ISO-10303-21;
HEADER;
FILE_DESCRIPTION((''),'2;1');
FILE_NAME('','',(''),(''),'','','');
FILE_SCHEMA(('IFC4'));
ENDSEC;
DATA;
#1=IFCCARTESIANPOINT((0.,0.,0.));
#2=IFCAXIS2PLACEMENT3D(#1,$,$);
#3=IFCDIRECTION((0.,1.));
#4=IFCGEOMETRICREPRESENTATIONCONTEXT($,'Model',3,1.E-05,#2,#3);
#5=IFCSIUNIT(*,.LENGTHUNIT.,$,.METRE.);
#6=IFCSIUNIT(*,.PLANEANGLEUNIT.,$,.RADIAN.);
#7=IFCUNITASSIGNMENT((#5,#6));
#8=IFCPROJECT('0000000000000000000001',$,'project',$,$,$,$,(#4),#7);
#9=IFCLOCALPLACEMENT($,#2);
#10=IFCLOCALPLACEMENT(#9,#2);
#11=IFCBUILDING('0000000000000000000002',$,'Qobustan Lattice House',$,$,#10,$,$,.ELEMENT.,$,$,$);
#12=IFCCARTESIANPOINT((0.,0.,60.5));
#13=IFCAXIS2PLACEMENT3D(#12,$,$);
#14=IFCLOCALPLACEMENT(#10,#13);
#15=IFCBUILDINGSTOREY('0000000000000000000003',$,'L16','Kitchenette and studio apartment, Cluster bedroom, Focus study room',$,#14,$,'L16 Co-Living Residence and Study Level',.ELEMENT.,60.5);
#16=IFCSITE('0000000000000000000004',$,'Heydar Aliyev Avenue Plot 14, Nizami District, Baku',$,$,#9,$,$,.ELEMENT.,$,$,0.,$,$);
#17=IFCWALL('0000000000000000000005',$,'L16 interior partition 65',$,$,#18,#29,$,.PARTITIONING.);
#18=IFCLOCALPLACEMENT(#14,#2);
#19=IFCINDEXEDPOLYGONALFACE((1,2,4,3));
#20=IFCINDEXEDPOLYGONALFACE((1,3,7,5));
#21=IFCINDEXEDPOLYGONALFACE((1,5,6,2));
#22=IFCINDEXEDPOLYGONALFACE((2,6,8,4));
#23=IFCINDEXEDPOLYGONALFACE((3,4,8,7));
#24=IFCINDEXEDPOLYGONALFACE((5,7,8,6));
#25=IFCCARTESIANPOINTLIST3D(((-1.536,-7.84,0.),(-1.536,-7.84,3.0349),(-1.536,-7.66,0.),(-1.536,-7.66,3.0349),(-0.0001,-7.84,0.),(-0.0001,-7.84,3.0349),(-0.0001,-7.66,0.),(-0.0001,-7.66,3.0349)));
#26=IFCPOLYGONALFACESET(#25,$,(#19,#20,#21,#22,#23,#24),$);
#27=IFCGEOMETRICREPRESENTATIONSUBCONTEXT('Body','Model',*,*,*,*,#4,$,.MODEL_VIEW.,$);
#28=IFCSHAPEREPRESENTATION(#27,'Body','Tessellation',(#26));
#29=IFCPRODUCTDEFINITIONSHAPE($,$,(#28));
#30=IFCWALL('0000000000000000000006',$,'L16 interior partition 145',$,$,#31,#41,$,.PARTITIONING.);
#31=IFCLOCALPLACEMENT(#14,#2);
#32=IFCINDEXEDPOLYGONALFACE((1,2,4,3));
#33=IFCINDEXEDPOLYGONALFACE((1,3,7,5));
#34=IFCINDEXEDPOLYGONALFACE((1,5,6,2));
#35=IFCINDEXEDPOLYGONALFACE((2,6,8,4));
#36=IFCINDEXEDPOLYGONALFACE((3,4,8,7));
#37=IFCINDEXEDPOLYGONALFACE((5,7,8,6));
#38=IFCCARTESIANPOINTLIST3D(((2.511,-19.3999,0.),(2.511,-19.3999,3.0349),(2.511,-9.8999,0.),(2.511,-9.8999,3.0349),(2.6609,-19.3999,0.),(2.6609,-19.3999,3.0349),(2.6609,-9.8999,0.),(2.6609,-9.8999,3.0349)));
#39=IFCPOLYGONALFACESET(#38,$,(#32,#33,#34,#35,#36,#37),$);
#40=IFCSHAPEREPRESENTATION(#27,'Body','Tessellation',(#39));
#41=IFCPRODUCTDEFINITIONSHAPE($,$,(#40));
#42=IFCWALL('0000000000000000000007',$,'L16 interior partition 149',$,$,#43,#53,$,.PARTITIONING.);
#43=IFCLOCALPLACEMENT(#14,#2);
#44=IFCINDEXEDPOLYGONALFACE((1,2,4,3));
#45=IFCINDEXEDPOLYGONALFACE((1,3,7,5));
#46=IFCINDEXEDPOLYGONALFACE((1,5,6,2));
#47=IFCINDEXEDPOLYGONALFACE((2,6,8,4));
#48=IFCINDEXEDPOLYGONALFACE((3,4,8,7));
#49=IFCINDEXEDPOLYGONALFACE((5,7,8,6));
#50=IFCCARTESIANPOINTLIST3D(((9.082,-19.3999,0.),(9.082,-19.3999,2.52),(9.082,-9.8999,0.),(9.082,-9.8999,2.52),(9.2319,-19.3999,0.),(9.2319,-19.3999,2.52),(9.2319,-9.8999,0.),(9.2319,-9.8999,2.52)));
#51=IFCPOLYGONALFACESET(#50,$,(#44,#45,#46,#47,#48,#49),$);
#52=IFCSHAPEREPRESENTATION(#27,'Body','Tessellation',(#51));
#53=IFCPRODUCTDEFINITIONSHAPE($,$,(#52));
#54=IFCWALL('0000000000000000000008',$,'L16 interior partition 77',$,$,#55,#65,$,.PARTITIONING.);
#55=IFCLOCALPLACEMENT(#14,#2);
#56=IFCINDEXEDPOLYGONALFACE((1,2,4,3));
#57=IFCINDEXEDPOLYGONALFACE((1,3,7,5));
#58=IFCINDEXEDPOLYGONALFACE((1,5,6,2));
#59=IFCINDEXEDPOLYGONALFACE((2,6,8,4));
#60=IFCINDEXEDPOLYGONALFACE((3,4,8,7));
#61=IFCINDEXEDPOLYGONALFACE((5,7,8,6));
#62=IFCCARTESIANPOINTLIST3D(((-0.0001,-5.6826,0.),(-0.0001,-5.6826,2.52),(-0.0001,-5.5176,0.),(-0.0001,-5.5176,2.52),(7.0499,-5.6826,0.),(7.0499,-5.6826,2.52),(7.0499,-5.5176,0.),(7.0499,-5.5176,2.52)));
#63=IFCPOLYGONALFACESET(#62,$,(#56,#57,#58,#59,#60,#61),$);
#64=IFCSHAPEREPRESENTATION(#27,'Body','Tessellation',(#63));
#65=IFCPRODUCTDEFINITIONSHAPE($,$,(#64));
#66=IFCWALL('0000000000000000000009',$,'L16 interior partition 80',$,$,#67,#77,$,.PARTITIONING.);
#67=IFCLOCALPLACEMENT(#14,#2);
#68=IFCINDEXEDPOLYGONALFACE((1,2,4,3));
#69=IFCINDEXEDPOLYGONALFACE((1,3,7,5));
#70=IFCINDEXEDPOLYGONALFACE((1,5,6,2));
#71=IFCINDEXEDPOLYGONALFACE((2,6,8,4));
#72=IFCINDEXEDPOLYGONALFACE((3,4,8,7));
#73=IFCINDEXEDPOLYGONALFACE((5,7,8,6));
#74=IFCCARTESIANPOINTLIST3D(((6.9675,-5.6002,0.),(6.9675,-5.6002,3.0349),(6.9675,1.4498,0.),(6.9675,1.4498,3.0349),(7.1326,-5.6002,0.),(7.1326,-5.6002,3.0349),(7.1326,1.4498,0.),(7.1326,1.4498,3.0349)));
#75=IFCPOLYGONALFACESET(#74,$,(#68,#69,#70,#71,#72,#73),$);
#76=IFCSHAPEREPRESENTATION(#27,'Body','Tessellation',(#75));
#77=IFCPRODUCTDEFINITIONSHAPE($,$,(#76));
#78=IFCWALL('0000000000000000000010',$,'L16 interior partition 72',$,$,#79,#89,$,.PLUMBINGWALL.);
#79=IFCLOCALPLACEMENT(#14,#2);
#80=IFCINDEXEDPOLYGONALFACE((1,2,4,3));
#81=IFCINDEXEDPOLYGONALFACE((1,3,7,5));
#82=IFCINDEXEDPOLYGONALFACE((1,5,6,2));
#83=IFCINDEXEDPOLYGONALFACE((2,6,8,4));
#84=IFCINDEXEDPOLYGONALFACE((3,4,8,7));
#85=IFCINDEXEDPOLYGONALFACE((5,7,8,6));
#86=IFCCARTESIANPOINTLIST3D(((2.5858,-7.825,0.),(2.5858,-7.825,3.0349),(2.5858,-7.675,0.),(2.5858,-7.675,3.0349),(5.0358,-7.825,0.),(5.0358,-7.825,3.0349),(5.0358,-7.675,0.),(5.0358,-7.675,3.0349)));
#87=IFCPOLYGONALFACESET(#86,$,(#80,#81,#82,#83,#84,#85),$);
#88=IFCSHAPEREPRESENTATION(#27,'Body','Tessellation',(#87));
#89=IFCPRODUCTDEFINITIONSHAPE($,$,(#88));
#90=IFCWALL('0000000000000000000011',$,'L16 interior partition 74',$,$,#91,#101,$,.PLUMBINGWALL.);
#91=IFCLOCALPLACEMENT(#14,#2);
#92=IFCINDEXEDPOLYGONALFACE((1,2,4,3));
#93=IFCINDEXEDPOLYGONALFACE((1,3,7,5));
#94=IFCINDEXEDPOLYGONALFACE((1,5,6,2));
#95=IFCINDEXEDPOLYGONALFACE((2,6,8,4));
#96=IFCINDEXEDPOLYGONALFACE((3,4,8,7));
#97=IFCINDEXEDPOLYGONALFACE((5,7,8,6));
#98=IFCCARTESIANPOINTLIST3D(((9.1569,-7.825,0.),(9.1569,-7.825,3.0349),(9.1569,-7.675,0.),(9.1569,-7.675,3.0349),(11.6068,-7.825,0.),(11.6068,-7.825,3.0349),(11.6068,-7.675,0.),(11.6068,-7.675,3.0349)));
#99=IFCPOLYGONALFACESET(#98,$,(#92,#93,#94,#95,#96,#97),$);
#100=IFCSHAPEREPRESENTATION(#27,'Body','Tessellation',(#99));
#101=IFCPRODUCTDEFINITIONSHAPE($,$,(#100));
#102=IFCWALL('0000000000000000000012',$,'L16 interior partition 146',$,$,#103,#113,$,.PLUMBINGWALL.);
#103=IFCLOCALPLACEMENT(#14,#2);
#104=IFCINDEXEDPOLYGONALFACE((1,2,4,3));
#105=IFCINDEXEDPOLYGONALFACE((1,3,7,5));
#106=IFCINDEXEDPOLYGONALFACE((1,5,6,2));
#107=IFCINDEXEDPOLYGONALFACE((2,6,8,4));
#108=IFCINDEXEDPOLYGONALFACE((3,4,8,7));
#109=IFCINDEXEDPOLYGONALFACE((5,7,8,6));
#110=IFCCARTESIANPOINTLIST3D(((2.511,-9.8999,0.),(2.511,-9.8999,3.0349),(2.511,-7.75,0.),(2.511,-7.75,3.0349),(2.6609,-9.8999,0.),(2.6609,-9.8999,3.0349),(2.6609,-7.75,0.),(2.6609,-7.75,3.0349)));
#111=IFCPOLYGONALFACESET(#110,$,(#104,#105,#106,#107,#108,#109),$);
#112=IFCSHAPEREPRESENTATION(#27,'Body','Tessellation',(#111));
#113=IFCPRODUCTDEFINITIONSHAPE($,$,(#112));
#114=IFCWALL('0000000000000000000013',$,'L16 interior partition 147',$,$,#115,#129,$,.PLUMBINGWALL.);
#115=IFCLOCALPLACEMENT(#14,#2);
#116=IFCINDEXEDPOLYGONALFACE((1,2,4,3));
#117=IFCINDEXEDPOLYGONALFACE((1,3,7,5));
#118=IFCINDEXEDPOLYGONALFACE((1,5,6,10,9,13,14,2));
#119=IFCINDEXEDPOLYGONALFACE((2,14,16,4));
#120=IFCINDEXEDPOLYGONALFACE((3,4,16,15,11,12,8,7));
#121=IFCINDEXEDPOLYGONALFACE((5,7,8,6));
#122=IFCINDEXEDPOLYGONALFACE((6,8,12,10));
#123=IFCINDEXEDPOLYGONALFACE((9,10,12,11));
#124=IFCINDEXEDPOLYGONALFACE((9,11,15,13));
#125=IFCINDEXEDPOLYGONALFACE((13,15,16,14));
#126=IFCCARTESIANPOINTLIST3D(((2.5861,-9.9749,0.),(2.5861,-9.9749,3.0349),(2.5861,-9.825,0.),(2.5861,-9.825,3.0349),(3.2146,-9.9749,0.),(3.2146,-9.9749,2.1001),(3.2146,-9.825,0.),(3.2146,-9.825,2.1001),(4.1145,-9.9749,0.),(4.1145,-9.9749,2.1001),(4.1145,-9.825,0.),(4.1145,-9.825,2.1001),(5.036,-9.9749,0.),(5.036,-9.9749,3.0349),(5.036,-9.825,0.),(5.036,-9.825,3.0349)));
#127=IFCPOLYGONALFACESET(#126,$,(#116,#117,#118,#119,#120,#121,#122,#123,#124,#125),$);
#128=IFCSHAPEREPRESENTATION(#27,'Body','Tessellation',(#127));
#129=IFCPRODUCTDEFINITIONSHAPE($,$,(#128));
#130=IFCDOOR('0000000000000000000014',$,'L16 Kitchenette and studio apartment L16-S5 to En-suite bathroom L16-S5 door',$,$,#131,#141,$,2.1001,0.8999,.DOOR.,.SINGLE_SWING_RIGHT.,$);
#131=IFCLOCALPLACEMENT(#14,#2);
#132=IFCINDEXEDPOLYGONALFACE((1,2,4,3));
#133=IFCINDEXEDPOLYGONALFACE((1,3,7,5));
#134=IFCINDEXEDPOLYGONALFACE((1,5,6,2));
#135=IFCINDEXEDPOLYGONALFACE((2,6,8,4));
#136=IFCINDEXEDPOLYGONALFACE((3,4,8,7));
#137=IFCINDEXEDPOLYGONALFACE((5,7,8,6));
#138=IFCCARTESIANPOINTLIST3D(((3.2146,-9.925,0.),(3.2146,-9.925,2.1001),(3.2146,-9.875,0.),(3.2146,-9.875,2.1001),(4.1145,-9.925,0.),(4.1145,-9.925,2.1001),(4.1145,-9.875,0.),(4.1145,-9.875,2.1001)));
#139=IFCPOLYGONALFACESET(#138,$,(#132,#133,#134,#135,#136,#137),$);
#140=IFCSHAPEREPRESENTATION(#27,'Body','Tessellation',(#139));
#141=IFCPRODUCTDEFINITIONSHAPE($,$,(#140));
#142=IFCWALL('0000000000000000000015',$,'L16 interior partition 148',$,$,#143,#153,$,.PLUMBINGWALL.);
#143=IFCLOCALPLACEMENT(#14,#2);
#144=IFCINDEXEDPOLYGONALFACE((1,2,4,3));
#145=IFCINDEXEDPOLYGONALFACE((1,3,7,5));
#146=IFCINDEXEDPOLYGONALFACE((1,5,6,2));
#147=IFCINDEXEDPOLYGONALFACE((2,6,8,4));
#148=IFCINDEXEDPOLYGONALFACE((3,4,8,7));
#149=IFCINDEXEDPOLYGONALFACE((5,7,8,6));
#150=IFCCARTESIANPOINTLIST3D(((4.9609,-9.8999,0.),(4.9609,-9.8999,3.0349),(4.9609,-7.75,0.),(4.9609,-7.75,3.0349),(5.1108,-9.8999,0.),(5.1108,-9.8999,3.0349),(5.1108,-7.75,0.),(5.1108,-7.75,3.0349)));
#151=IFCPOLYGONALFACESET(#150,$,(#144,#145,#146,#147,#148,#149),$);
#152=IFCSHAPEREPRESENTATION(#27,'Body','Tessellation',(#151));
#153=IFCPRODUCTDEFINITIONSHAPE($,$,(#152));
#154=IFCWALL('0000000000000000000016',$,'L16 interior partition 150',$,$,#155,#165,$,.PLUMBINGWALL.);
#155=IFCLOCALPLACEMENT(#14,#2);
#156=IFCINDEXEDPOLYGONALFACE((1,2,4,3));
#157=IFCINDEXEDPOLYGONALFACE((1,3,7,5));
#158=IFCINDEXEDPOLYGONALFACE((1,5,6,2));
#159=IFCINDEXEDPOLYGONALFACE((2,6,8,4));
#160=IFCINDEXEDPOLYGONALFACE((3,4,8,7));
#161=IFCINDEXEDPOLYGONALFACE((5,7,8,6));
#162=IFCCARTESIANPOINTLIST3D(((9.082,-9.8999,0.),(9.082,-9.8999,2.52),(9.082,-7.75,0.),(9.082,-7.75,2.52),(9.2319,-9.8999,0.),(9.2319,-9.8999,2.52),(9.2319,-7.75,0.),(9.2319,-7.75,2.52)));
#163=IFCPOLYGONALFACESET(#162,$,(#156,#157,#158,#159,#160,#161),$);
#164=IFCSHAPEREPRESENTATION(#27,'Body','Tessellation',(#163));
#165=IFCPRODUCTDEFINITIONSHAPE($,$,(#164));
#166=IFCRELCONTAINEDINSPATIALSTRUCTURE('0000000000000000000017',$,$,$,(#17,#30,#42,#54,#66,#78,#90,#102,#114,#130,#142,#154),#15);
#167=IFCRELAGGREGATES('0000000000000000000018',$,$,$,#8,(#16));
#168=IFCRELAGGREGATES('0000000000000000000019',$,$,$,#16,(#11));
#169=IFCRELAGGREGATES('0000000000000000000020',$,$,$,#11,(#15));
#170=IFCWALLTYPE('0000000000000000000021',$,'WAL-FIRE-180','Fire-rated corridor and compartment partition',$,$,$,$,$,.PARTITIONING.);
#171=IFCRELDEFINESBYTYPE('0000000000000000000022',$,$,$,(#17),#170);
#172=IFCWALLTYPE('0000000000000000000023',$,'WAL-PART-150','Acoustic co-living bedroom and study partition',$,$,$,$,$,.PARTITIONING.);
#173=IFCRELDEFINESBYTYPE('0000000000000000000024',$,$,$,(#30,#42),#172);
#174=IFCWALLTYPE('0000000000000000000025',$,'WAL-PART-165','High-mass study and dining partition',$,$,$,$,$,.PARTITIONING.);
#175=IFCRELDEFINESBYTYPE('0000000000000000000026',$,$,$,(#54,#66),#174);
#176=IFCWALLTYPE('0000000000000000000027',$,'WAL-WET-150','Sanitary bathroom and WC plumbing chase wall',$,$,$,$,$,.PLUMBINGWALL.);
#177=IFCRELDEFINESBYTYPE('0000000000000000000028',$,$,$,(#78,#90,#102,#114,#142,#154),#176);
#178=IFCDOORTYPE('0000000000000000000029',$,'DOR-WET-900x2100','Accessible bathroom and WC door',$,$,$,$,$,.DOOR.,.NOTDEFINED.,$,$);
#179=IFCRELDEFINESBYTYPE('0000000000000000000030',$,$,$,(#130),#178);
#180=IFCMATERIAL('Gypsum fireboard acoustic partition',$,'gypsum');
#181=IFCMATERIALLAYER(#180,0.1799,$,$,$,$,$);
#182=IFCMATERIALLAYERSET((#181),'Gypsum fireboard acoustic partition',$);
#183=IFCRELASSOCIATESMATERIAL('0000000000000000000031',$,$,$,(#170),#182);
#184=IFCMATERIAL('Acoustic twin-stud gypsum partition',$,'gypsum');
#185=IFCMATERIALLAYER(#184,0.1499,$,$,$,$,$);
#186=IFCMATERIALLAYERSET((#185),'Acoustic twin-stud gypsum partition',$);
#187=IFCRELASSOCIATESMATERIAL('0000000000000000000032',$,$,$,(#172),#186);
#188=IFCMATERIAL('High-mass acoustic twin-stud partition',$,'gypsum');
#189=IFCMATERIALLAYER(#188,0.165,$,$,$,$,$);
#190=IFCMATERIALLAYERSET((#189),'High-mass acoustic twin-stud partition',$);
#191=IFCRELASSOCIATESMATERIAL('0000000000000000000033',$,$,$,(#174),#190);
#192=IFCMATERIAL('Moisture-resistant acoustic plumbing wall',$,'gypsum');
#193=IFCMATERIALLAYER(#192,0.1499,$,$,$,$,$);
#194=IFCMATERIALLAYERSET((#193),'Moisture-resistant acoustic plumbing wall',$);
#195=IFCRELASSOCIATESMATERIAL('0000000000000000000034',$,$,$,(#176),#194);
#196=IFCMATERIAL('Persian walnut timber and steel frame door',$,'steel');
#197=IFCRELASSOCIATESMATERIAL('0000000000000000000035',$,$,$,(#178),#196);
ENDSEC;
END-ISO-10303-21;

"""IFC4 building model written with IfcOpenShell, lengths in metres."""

from ifc_helpers import new_model, si_unit, direction, frame, frame_2d, origin, place, context, subcontext, project, spatial, rectangle, extrude, material, layer, layer_set, type_object, element, fill, save


model = new_model("IFC4")

# Units and contexts
model_context = context("Model", 3, precision=1e-05, world=origin(), true_north=direction((0.0, 1.0)))
body_context = subcontext(model_context, "Body", "Model", "MODEL_VIEW")
ifc_project = project(units=[si_unit("LENGTHUNIT", "METRE"), si_unit("PLANEANGLEUNIT", "RADIAN")], contexts=[model_context])

# Site, building, storey
site_placement = place(None, origin())
site = spatial("IfcSite", under=ifc_project, at=site_placement, Name="Heydar Aliyev Avenue Plot 14, Nizami District, Baku", CompositionType="ELEMENT", RefElevation=0.0)
building_placement = place(site_placement, origin())
building = spatial("IfcBuilding", under=site, at=building_placement, Name="Qobustan Lattice House", CompositionType="ELEMENT")
storey_placement = place(building_placement, frame((0.0, 0.0, 60.5)))
storey = spatial("IfcBuildingStorey", under=building, at=storey_placement, Name="L16", Description="Kitchenette and studio apartment, Cluster bedroom, Focus study room", LongName="L16 Co-Living Residence and Study Level", CompositionType="ELEMENT", Elevation=60.5)

# Wall
ifc_material_1 = material(Name="Gypsum fireboard acoustic partition", Category="gypsum")
ifc_layer_1 = layer(ifc_material_1, 0.1799)
ifc_layer_set_1 = layer_set([ifc_layer_1], Name="Gypsum fireboard acoustic partition")
wall_type_1 = type_object("IfcWallType", Name="WAL-FIRE-180", Description="Fire-rated corridor and compartment partition", PredefinedType="PARTITIONING", material=ifc_layer_set_1)
wall_1_placement = place(storey_placement, frame((0.0, -7.75, 0.0), z_axis=(0.0, 0.0, 1.0), x_axis=(-1.0, 0.0, 0.0)))
element("IfcWall", 1, at=wall_1_placement, inside=storey, type_object=wall_type_1, Name="L16 interior partition 65", PredefinedType="PARTITIONING", context=body_context, shape_type="SweptSolid", body=[
    extrude(rectangle(XDim=1.5359, YDim=0.1799, at=frame_2d((0.7681, 0.0))), origin(), (0.0, 0.0, 1.0), 3.0349),
])

# Walls
ifc_material_2 = material(Name="Acoustic twin-stud gypsum partition", Category="gypsum")
ifc_layer_2 = layer(ifc_material_2, 0.1499)
ifc_layer_set_2 = layer_set([ifc_layer_2], Name="Acoustic twin-stud gypsum partition")
wall_type_2 = type_object("IfcWallType", Name="WAL-PART-150", Description="Acoustic co-living bedroom and study partition", PredefinedType="PARTITIONING", material=ifc_layer_set_2)
wall_2_placement = place(storey_placement, frame((2.5859, -9.8999, 0.0), z_axis=(0.0, 0.0, 1.0), x_axis=(0.0, -1.0, 0.0)))
element("IfcWall", 2, at=wall_2_placement, inside=storey, type_object=wall_type_2, Name="L16 interior partition 145", PredefinedType="PARTITIONING", context=body_context, shape_type="SweptSolid", body=[
    extrude(rectangle(XDim=9.5, YDim=0.1499, at=frame_2d((4.75, 0.0))), origin(), (0.0, 0.0, 1.0), 3.0349),
])
wall_3_placement = place(storey_placement, frame((9.157, -9.8999, 0.0), z_axis=(0.0, 0.0, 1.0), x_axis=(0.0, -1.0, 0.0)))
element("IfcWall", 3, at=wall_3_placement, inside=storey, type_object=wall_type_2, Name="L16 interior partition 149", PredefinedType="PARTITIONING", context=body_context, shape_type="SweptSolid", body=[
    extrude(rectangle(XDim=9.5, YDim=0.1499, at=frame_2d((4.75, 0.0))), origin(), (0.0, 0.0, 1.0), 2.52),
])
ifc_material_3 = material(Name="High-mass acoustic twin-stud partition", Category="gypsum")
ifc_layer_3 = layer(ifc_material_3, 0.165)
ifc_layer_set_3 = layer_set([ifc_layer_3], Name="High-mass acoustic twin-stud partition")
wall_type_3 = type_object("IfcWallType", Name="WAL-PART-165", Description="High-mass study and dining partition", PredefinedType="PARTITIONING", material=ifc_layer_set_3)
wall_4_placement = place(storey_placement, frame((0.0, -5.6001, 0.0), z_axis=(0.0, 0.0, 1.0), x_axis=(1.0, 0.0, 0.0)))
element("IfcWall", 4, at=wall_4_placement, inside=storey, type_object=wall_type_3, Name="L16 interior partition 77", PredefinedType="PARTITIONING", context=body_context, shape_type="SweptSolid", body=[
    extrude(rectangle(XDim=7.05, YDim=0.165, at=frame_2d((3.5249, 0.0))), origin(), (0.0, 0.0, 1.0), 2.52),
])
wall_5_placement = place(storey_placement, frame((7.05, -5.6001, 0.0), z_axis=(0.0, 0.0, 1.0), x_axis=(0.0, 1.0, 0.0)))
element("IfcWall", 5, at=wall_5_placement, inside=storey, type_object=wall_type_3, Name="L16 interior partition 80", PredefinedType="PARTITIONING", context=body_context, shape_type="SweptSolid", body=[
    extrude(rectangle(XDim=7.05, YDim=0.165, at=frame_2d((3.5249, 0.0))), origin(), (0.0, 0.0, 1.0), 3.0349),
])
ifc_material_4 = material(Name="Moisture-resistant acoustic plumbing wall", Category="gypsum")
ifc_layer_4 = layer(ifc_material_4, 0.1499)
ifc_layer_set_4 = layer_set([ifc_layer_4], Name="Moisture-resistant acoustic plumbing wall")
wall_type_4 = type_object("IfcWallType", Name="WAL-WET-150", Description="Sanitary bathroom and WC plumbing chase wall", PredefinedType="PLUMBINGWALL", material=ifc_layer_set_4)
for number, where, z_axis, x_axis, name in (
    (6, (5.0359, -7.75, 0.0), (0.0, 0.0, 1.0), (-1.0, 0.0, 0.0), "L16 interior partition 72"),
    (7, (11.6069, -7.75, 0.0), (0.0, 0.0, 1.0), (-1.0, 0.0, 0.0), "L16 interior partition 74"),
):
    element("IfcWall", number, at=place(storey_placement, frame(where, z_axis=z_axis, x_axis=x_axis)), inside=storey, type_object=wall_type_4, Name=name, PredefinedType="PLUMBINGWALL", context=body_context, shape_type="SweptSolid", body=[
        extrude(rectangle(XDim=2.45, YDim=0.1499, at=frame_2d((1.2251, 0.0))), origin(), (0.0, 0.0, 1.0), 3.0349),
    ])
wall_6_placement = place(storey_placement, frame((2.5859, -7.75, 0.0), z_axis=(0.0, 0.0, 1.0), x_axis=(0.0, -1.0, 0.0)))
element("IfcWall", 8, at=wall_6_placement, inside=storey, type_object=wall_type_4, Name="L16 interior partition 146", PredefinedType="PLUMBINGWALL", context=body_context, shape_type="SweptSolid", body=[
    extrude(rectangle(XDim=2.1499, YDim=0.1499, at=frame_2d((1.075, 0.0))), origin(), (0.0, 0.0, 1.0), 3.0349),
])

# Wall, opening, door
wall_7_placement = place(storey_placement, frame((2.5859, -9.8999, 0.0), z_axis=(0.0, 0.0, 1.0), x_axis=(1.0, 0.0, 0.0)))
wall_7 = element("IfcWall", 9, at=wall_7_placement, inside=storey, type_object=wall_type_4, Name="L16 interior partition 147", PredefinedType="PLUMBINGWALL", context=body_context, shape_type="SweptSolid", body=[
    extrude(rectangle(XDim=2.45, YDim=0.1499, at=frame_2d((1.2251, 0.0))), origin(), (0.0, 0.0, 1.0), 3.0349),
])
opening_1_placement = place(wall_7_placement, frame((0.6287, 0.0, 0.0)))
opening_1 = element("IfcOpeningElement", 10, at=opening_1_placement, cuts=wall_7, PredefinedType="OPENING", context=body_context, shape_type="SweptSolid", body=[
    extrude(rectangle(XDim=0.8999, YDim=2.1001, at=frame_2d((0.45, 1.05))), frame((0.0, 0.085, 0.0), z_axis=(0.0, -1.0, 0.0), x_axis=(1.0, 0.0, 0.0)), (0.0, 0.0, 1.0), 0.1699),
])
ifc_material_5 = material(Name="Persian walnut timber and steel frame door", Category="steel")
door_type_1 = type_object("IfcDoorType", Name="DOR-WET-900x2100", Description="Accessible bathroom and WC door", OperationType="NOTDEFINED", PredefinedType="DOOR", material=ifc_material_5)
door_1_placement = place(opening_1_placement, origin())
door_1 = element("IfcDoor", 11, at=door_1_placement, inside=storey, type_object=door_type_1, Name="L16 Kitchenette and studio apartment L16-S5 to En-suite bathroom L16-S5 door", OperationType="SINGLE_SWING_RIGHT", OverallHeight=2.1001, OverallWidth=0.8999, PredefinedType="DOOR", context=body_context, shape_type="SweptSolid", body=[
    extrude(rectangle(XDim=0.8999, YDim=2.1001, at=frame_2d((0.45, 1.05))), frame((0.0, 0.0249, 0.0), z_axis=(0.0, -1.0, 0.0), x_axis=(1.0, 0.0, 0.0)), (0.0, 0.0, 1.0), 0.05),
])
fill(opening_1, door_1)

# Walls
wall_8_placement = place(storey_placement, frame((5.0359, -9.8999, 0.0), z_axis=(0.0, 0.0, 1.0), x_axis=(0.0, 1.0, 0.0)))
element("IfcWall", 12, at=wall_8_placement, inside=storey, type_object=wall_type_4, Name="L16 interior partition 148", PredefinedType="PLUMBINGWALL", context=body_context, shape_type="SweptSolid", body=[
    extrude(rectangle(XDim=2.1499, YDim=0.1499, at=frame_2d((1.075, 0.0))), origin(), (0.0, 0.0, 1.0), 3.0349),
])
wall_9_placement = place(storey_placement, frame((9.157, -7.75, 0.0), z_axis=(0.0, 0.0, 1.0), x_axis=(0.0, -1.0, 0.0)))
element("IfcWall", 13, at=wall_9_placement, inside=storey, type_object=wall_type_4, Name="L16 interior partition 150", PredefinedType="PLUMBINGWALL", context=body_context, shape_type="SweptSolid", body=[
    extrude(rectangle(XDim=2.1499, YDim=0.1499, at=frame_2d((1.075, 0.0))), origin(), (0.0, 0.0, 1.0), 2.52),
])

save(model, "model.ifc")
